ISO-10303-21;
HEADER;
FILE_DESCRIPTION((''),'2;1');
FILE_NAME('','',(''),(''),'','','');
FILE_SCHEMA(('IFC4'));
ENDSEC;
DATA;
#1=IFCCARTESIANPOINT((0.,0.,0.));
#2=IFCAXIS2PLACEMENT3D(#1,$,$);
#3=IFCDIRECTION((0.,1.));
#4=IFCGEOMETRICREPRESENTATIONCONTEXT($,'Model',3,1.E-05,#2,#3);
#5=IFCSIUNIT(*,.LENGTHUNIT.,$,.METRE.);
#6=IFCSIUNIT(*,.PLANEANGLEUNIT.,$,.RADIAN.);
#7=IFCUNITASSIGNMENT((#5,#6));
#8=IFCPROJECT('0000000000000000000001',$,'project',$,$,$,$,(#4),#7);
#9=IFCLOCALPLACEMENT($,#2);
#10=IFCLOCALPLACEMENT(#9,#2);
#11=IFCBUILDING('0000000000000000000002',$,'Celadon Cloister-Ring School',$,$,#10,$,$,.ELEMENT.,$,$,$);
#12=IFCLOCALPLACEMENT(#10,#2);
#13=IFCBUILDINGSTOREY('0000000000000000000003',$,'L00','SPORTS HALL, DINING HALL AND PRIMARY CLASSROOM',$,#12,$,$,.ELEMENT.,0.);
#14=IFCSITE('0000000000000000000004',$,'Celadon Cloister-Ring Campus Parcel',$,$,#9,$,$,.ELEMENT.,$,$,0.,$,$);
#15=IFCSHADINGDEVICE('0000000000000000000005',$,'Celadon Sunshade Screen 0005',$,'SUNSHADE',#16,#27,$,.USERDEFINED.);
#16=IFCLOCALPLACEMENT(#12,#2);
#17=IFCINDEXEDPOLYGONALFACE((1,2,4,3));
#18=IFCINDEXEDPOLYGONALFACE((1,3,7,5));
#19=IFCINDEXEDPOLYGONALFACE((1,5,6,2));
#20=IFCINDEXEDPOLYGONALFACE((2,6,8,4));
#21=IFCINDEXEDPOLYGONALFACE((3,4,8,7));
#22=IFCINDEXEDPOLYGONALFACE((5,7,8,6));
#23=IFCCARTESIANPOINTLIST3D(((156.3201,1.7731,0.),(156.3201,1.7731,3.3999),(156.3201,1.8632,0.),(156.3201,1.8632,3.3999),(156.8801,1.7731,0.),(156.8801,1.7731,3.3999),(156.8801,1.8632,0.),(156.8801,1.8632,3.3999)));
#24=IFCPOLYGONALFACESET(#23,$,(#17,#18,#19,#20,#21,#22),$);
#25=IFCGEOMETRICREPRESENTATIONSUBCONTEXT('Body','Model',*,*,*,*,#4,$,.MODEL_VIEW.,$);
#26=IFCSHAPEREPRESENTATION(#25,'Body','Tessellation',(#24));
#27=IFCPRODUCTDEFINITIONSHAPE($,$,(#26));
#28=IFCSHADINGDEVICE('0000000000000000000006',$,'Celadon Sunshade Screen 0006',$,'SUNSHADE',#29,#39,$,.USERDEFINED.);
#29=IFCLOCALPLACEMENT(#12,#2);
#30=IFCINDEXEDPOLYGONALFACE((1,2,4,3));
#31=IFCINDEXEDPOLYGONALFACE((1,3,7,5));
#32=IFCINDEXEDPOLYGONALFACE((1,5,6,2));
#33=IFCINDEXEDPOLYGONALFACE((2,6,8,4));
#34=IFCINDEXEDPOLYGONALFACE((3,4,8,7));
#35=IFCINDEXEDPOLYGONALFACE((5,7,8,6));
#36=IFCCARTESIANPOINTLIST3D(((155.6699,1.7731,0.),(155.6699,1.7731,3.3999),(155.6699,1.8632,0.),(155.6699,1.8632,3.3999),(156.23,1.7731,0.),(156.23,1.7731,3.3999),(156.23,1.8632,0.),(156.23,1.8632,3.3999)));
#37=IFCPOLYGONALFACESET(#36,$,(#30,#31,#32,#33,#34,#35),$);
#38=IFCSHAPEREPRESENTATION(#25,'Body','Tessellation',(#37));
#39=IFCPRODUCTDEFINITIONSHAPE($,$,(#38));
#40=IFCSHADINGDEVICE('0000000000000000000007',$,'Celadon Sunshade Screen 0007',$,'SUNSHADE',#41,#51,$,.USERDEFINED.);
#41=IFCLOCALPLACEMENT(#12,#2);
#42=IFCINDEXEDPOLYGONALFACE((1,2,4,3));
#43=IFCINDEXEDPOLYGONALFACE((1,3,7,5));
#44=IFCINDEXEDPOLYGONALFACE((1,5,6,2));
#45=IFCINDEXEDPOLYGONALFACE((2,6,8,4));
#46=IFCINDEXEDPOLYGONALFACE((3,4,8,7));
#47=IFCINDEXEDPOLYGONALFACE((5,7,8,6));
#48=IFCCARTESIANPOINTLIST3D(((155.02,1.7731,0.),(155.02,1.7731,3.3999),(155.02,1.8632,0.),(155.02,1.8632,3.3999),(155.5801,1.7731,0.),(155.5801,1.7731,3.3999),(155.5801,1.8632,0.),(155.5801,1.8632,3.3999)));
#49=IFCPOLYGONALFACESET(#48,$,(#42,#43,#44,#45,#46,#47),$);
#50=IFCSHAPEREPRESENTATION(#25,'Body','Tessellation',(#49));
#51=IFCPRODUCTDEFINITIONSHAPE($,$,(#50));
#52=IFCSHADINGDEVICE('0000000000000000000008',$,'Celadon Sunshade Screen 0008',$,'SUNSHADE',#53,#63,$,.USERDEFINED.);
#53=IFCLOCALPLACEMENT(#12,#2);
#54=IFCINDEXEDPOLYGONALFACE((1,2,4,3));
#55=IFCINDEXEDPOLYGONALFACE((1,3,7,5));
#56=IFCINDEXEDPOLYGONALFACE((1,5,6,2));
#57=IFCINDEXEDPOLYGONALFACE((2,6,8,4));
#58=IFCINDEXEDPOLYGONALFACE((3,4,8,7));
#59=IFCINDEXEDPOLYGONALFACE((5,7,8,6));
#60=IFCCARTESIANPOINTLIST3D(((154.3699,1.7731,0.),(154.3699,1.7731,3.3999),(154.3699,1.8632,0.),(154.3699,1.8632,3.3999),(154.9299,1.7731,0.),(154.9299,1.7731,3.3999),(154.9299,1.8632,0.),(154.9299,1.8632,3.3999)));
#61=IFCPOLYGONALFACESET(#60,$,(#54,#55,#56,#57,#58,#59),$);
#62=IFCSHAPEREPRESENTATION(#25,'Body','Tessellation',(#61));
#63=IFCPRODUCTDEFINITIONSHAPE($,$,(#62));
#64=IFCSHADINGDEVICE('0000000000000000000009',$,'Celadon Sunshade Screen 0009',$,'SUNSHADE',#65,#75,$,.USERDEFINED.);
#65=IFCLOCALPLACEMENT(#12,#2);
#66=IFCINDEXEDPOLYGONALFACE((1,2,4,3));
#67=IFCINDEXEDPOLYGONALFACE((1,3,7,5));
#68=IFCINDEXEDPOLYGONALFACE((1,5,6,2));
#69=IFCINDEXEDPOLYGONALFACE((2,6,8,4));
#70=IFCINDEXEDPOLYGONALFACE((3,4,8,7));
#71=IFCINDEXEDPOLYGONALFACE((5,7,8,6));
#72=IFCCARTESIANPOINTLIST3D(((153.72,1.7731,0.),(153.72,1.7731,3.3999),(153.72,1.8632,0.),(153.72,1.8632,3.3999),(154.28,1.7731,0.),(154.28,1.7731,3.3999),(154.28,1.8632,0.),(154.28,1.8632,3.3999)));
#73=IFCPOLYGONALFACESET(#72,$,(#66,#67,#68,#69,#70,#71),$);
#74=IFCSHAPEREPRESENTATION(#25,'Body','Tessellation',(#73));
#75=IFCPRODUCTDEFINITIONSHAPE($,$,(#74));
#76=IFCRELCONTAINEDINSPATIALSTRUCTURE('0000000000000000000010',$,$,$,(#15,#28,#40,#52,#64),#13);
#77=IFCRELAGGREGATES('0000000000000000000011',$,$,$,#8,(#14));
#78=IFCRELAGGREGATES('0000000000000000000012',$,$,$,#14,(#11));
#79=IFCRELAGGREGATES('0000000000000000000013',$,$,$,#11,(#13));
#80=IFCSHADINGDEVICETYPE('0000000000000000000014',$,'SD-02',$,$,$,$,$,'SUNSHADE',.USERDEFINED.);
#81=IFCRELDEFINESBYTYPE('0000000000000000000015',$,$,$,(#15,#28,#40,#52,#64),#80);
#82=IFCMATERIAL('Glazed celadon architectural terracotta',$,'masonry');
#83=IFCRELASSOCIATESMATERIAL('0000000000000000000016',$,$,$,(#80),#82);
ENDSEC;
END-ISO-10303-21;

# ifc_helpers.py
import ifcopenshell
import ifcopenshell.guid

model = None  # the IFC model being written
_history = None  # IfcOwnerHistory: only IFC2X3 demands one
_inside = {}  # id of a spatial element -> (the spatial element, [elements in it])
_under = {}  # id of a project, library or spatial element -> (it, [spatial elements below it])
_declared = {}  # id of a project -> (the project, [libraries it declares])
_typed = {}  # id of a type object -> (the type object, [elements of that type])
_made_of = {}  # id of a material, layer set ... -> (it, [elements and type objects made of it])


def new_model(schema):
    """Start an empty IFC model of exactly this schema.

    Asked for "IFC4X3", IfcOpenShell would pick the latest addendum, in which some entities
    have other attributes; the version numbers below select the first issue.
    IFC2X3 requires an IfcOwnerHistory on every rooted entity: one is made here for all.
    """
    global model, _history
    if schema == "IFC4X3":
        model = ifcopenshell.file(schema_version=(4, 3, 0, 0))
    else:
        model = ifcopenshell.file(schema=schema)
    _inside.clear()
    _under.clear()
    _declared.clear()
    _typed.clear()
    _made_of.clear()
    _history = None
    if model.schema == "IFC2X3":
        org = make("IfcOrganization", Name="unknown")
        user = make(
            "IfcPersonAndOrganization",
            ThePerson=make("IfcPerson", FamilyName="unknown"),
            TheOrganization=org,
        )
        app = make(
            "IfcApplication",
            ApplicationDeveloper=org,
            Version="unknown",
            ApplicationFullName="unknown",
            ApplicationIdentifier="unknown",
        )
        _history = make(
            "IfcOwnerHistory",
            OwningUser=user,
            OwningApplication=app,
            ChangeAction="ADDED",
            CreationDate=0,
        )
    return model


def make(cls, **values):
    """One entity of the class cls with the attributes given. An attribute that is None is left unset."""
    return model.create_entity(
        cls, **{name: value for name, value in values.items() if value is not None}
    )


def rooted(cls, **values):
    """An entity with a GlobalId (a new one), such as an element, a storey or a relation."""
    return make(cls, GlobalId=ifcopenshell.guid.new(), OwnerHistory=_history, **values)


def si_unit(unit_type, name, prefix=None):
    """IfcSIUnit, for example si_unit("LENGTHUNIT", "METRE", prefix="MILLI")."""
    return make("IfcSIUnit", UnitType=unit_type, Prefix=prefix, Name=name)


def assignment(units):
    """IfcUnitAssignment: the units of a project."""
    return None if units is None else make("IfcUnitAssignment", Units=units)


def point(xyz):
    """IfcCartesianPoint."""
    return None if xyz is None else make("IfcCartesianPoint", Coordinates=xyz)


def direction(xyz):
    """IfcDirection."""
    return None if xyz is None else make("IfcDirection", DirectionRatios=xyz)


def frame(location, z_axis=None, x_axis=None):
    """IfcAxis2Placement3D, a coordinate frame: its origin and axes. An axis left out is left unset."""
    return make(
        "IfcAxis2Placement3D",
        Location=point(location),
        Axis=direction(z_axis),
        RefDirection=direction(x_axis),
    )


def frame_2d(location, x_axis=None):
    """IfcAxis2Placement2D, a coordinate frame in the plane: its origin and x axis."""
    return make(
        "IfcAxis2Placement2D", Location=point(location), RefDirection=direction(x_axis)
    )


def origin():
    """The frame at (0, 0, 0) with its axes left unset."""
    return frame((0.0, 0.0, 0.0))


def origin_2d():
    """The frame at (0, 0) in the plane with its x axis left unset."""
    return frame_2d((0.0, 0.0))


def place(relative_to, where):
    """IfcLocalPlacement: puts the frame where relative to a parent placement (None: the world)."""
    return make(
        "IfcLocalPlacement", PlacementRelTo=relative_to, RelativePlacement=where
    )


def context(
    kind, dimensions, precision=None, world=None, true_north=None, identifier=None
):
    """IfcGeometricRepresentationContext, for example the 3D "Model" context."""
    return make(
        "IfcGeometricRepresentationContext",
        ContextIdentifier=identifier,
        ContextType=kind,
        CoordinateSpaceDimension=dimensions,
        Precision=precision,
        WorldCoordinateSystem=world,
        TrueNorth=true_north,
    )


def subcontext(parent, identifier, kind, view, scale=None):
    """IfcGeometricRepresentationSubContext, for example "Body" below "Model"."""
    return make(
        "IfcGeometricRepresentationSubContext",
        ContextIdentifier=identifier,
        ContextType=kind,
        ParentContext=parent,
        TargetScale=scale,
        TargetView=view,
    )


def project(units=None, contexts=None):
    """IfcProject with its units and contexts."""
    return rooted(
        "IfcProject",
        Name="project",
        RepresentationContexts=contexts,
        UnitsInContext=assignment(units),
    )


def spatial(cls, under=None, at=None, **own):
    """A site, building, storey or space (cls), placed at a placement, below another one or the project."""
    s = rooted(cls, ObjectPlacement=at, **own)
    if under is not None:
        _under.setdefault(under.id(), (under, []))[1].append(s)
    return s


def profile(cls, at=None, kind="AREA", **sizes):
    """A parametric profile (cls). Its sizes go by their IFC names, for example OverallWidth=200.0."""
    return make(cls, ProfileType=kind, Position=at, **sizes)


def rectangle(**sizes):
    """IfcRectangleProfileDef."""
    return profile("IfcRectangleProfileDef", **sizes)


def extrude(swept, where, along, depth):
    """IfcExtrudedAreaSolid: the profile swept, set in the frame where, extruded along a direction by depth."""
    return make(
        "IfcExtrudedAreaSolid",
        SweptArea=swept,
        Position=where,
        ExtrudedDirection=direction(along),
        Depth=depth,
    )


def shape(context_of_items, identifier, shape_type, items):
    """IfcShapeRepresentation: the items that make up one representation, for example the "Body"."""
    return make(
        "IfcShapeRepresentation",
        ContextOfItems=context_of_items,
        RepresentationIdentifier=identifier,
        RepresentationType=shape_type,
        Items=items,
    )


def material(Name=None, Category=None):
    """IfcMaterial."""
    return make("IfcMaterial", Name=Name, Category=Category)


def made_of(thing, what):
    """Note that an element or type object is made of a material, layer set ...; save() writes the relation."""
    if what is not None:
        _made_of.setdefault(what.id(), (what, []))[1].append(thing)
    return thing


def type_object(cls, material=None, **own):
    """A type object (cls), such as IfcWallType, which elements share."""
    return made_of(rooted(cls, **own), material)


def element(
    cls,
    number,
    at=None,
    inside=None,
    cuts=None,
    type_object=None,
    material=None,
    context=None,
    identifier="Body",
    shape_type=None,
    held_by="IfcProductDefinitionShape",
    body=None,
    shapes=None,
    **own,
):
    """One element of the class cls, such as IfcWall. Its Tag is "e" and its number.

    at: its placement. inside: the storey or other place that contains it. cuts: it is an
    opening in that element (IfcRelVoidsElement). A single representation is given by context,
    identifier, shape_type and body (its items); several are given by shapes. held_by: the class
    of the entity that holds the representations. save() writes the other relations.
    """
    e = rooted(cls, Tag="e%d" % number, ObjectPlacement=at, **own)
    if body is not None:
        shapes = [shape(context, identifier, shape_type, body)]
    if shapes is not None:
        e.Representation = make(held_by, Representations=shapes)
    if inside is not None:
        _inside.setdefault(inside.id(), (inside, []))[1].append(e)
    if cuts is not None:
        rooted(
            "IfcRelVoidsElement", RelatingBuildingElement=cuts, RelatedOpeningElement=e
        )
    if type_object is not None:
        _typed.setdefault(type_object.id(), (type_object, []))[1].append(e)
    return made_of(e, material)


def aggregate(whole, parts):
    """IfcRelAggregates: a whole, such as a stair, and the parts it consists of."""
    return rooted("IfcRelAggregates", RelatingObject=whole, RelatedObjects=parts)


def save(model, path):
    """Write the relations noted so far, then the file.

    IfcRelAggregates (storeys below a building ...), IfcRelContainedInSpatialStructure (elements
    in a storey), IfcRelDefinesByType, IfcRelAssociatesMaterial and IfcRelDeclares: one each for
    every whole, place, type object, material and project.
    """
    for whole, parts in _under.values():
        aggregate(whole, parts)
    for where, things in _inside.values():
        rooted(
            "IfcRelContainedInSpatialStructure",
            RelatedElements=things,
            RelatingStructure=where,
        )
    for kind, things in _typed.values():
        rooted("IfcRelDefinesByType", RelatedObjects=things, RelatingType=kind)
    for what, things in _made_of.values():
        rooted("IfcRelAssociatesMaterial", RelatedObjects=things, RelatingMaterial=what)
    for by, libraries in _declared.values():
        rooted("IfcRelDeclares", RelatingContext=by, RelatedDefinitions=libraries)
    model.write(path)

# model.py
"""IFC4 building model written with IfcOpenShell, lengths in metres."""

from ifc_helpers import new_model, si_unit, direction, frame, origin, origin_2d, place, context, subcontext, project, spatial, rectangle, extrude, material, type_object, element, save


model = new_model("IFC4")

# Units and contexts
model_context = context("Model", 3, precision=1e-05, world=origin(), true_north=direction((0.0, 1.0)))
body_context = subcontext(model_context, "Body", "Model", "MODEL_VIEW")
ifc_project = project(units=[si_unit("LENGTHUNIT", "METRE"), si_unit("PLANEANGLEUNIT", "RADIAN")], contexts=[model_context])

# Site, building, storey
site_placement = place(None, origin())
site = spatial("IfcSite", under=ifc_project, at=site_placement, Name="Celadon Cloister-Ring Campus Parcel", CompositionType="ELEMENT", RefElevation=0.0)
building_placement = place(site_placement, origin())
building = spatial("IfcBuilding", under=site, at=building_placement, Name="Celadon Cloister-Ring School", CompositionType="ELEMENT")
storey_placement = place(building_placement, origin())
storey = spatial("IfcBuildingStorey", under=building, at=storey_placement, Name="L00", Description="SPORTS HALL, DINING HALL AND PRIMARY CLASSROOM", CompositionType="ELEMENT", Elevation=0.0)

# Shading devices
ifc_material_1 = material(Name="Glazed celadon architectural terracotta", Category="masonry")
shading_device_type = type_object("IfcShadingDeviceType", Name="SD-02", ElementType="SUNSHADE", PredefinedType="USERDEFINED", material=ifc_material_1)
for number, where, z_axis, x_axis, name in (
    (1, (156.6001, 1.8181, 0.0), (0.0, 0.0, 1.0), (-1.0, 0.0, 0.0), "Celadon Sunshade Screen 0005"),
    (2, (155.95, 1.8181, 0.0), (0.0, 0.0, 1.0), (-1.0, 0.0, 0.0), "Celadon Sunshade Screen 0006"),
    (3, (155.3, 1.8181, 0.0), (0.0, 0.0, 1.0), (-1.0, 0.0, 0.0), "Celadon Sunshade Screen 0007"),
    (4, (154.6499, 1.8181, 0.0), (0.0, 0.0, 1.0), (-1.0, 0.0, 0.0), "Celadon Sunshade Screen 0008"),
    (5, (154.0, 1.8181, 0.0), (0.0, 0.0, 1.0), (-1.0, 0.0, 0.0), "Celadon Sunshade Screen 0009"),
):
    element("IfcShadingDevice", number, at=place(storey_placement, frame(where, z_axis=z_axis, x_axis=x_axis)), inside=storey, type_object=shading_device_type, Name=name, ObjectType="SUNSHADE", PredefinedType="USERDEFINED", context=body_context, shape_type="SweptSolid", body=[
        extrude(rectangle(XDim=0.5601, YDim=0.0901, at=origin_2d()), origin(), (0.0, 0.0, 1.0), 3.3999),
    ])

save(model, "model.ifc")
